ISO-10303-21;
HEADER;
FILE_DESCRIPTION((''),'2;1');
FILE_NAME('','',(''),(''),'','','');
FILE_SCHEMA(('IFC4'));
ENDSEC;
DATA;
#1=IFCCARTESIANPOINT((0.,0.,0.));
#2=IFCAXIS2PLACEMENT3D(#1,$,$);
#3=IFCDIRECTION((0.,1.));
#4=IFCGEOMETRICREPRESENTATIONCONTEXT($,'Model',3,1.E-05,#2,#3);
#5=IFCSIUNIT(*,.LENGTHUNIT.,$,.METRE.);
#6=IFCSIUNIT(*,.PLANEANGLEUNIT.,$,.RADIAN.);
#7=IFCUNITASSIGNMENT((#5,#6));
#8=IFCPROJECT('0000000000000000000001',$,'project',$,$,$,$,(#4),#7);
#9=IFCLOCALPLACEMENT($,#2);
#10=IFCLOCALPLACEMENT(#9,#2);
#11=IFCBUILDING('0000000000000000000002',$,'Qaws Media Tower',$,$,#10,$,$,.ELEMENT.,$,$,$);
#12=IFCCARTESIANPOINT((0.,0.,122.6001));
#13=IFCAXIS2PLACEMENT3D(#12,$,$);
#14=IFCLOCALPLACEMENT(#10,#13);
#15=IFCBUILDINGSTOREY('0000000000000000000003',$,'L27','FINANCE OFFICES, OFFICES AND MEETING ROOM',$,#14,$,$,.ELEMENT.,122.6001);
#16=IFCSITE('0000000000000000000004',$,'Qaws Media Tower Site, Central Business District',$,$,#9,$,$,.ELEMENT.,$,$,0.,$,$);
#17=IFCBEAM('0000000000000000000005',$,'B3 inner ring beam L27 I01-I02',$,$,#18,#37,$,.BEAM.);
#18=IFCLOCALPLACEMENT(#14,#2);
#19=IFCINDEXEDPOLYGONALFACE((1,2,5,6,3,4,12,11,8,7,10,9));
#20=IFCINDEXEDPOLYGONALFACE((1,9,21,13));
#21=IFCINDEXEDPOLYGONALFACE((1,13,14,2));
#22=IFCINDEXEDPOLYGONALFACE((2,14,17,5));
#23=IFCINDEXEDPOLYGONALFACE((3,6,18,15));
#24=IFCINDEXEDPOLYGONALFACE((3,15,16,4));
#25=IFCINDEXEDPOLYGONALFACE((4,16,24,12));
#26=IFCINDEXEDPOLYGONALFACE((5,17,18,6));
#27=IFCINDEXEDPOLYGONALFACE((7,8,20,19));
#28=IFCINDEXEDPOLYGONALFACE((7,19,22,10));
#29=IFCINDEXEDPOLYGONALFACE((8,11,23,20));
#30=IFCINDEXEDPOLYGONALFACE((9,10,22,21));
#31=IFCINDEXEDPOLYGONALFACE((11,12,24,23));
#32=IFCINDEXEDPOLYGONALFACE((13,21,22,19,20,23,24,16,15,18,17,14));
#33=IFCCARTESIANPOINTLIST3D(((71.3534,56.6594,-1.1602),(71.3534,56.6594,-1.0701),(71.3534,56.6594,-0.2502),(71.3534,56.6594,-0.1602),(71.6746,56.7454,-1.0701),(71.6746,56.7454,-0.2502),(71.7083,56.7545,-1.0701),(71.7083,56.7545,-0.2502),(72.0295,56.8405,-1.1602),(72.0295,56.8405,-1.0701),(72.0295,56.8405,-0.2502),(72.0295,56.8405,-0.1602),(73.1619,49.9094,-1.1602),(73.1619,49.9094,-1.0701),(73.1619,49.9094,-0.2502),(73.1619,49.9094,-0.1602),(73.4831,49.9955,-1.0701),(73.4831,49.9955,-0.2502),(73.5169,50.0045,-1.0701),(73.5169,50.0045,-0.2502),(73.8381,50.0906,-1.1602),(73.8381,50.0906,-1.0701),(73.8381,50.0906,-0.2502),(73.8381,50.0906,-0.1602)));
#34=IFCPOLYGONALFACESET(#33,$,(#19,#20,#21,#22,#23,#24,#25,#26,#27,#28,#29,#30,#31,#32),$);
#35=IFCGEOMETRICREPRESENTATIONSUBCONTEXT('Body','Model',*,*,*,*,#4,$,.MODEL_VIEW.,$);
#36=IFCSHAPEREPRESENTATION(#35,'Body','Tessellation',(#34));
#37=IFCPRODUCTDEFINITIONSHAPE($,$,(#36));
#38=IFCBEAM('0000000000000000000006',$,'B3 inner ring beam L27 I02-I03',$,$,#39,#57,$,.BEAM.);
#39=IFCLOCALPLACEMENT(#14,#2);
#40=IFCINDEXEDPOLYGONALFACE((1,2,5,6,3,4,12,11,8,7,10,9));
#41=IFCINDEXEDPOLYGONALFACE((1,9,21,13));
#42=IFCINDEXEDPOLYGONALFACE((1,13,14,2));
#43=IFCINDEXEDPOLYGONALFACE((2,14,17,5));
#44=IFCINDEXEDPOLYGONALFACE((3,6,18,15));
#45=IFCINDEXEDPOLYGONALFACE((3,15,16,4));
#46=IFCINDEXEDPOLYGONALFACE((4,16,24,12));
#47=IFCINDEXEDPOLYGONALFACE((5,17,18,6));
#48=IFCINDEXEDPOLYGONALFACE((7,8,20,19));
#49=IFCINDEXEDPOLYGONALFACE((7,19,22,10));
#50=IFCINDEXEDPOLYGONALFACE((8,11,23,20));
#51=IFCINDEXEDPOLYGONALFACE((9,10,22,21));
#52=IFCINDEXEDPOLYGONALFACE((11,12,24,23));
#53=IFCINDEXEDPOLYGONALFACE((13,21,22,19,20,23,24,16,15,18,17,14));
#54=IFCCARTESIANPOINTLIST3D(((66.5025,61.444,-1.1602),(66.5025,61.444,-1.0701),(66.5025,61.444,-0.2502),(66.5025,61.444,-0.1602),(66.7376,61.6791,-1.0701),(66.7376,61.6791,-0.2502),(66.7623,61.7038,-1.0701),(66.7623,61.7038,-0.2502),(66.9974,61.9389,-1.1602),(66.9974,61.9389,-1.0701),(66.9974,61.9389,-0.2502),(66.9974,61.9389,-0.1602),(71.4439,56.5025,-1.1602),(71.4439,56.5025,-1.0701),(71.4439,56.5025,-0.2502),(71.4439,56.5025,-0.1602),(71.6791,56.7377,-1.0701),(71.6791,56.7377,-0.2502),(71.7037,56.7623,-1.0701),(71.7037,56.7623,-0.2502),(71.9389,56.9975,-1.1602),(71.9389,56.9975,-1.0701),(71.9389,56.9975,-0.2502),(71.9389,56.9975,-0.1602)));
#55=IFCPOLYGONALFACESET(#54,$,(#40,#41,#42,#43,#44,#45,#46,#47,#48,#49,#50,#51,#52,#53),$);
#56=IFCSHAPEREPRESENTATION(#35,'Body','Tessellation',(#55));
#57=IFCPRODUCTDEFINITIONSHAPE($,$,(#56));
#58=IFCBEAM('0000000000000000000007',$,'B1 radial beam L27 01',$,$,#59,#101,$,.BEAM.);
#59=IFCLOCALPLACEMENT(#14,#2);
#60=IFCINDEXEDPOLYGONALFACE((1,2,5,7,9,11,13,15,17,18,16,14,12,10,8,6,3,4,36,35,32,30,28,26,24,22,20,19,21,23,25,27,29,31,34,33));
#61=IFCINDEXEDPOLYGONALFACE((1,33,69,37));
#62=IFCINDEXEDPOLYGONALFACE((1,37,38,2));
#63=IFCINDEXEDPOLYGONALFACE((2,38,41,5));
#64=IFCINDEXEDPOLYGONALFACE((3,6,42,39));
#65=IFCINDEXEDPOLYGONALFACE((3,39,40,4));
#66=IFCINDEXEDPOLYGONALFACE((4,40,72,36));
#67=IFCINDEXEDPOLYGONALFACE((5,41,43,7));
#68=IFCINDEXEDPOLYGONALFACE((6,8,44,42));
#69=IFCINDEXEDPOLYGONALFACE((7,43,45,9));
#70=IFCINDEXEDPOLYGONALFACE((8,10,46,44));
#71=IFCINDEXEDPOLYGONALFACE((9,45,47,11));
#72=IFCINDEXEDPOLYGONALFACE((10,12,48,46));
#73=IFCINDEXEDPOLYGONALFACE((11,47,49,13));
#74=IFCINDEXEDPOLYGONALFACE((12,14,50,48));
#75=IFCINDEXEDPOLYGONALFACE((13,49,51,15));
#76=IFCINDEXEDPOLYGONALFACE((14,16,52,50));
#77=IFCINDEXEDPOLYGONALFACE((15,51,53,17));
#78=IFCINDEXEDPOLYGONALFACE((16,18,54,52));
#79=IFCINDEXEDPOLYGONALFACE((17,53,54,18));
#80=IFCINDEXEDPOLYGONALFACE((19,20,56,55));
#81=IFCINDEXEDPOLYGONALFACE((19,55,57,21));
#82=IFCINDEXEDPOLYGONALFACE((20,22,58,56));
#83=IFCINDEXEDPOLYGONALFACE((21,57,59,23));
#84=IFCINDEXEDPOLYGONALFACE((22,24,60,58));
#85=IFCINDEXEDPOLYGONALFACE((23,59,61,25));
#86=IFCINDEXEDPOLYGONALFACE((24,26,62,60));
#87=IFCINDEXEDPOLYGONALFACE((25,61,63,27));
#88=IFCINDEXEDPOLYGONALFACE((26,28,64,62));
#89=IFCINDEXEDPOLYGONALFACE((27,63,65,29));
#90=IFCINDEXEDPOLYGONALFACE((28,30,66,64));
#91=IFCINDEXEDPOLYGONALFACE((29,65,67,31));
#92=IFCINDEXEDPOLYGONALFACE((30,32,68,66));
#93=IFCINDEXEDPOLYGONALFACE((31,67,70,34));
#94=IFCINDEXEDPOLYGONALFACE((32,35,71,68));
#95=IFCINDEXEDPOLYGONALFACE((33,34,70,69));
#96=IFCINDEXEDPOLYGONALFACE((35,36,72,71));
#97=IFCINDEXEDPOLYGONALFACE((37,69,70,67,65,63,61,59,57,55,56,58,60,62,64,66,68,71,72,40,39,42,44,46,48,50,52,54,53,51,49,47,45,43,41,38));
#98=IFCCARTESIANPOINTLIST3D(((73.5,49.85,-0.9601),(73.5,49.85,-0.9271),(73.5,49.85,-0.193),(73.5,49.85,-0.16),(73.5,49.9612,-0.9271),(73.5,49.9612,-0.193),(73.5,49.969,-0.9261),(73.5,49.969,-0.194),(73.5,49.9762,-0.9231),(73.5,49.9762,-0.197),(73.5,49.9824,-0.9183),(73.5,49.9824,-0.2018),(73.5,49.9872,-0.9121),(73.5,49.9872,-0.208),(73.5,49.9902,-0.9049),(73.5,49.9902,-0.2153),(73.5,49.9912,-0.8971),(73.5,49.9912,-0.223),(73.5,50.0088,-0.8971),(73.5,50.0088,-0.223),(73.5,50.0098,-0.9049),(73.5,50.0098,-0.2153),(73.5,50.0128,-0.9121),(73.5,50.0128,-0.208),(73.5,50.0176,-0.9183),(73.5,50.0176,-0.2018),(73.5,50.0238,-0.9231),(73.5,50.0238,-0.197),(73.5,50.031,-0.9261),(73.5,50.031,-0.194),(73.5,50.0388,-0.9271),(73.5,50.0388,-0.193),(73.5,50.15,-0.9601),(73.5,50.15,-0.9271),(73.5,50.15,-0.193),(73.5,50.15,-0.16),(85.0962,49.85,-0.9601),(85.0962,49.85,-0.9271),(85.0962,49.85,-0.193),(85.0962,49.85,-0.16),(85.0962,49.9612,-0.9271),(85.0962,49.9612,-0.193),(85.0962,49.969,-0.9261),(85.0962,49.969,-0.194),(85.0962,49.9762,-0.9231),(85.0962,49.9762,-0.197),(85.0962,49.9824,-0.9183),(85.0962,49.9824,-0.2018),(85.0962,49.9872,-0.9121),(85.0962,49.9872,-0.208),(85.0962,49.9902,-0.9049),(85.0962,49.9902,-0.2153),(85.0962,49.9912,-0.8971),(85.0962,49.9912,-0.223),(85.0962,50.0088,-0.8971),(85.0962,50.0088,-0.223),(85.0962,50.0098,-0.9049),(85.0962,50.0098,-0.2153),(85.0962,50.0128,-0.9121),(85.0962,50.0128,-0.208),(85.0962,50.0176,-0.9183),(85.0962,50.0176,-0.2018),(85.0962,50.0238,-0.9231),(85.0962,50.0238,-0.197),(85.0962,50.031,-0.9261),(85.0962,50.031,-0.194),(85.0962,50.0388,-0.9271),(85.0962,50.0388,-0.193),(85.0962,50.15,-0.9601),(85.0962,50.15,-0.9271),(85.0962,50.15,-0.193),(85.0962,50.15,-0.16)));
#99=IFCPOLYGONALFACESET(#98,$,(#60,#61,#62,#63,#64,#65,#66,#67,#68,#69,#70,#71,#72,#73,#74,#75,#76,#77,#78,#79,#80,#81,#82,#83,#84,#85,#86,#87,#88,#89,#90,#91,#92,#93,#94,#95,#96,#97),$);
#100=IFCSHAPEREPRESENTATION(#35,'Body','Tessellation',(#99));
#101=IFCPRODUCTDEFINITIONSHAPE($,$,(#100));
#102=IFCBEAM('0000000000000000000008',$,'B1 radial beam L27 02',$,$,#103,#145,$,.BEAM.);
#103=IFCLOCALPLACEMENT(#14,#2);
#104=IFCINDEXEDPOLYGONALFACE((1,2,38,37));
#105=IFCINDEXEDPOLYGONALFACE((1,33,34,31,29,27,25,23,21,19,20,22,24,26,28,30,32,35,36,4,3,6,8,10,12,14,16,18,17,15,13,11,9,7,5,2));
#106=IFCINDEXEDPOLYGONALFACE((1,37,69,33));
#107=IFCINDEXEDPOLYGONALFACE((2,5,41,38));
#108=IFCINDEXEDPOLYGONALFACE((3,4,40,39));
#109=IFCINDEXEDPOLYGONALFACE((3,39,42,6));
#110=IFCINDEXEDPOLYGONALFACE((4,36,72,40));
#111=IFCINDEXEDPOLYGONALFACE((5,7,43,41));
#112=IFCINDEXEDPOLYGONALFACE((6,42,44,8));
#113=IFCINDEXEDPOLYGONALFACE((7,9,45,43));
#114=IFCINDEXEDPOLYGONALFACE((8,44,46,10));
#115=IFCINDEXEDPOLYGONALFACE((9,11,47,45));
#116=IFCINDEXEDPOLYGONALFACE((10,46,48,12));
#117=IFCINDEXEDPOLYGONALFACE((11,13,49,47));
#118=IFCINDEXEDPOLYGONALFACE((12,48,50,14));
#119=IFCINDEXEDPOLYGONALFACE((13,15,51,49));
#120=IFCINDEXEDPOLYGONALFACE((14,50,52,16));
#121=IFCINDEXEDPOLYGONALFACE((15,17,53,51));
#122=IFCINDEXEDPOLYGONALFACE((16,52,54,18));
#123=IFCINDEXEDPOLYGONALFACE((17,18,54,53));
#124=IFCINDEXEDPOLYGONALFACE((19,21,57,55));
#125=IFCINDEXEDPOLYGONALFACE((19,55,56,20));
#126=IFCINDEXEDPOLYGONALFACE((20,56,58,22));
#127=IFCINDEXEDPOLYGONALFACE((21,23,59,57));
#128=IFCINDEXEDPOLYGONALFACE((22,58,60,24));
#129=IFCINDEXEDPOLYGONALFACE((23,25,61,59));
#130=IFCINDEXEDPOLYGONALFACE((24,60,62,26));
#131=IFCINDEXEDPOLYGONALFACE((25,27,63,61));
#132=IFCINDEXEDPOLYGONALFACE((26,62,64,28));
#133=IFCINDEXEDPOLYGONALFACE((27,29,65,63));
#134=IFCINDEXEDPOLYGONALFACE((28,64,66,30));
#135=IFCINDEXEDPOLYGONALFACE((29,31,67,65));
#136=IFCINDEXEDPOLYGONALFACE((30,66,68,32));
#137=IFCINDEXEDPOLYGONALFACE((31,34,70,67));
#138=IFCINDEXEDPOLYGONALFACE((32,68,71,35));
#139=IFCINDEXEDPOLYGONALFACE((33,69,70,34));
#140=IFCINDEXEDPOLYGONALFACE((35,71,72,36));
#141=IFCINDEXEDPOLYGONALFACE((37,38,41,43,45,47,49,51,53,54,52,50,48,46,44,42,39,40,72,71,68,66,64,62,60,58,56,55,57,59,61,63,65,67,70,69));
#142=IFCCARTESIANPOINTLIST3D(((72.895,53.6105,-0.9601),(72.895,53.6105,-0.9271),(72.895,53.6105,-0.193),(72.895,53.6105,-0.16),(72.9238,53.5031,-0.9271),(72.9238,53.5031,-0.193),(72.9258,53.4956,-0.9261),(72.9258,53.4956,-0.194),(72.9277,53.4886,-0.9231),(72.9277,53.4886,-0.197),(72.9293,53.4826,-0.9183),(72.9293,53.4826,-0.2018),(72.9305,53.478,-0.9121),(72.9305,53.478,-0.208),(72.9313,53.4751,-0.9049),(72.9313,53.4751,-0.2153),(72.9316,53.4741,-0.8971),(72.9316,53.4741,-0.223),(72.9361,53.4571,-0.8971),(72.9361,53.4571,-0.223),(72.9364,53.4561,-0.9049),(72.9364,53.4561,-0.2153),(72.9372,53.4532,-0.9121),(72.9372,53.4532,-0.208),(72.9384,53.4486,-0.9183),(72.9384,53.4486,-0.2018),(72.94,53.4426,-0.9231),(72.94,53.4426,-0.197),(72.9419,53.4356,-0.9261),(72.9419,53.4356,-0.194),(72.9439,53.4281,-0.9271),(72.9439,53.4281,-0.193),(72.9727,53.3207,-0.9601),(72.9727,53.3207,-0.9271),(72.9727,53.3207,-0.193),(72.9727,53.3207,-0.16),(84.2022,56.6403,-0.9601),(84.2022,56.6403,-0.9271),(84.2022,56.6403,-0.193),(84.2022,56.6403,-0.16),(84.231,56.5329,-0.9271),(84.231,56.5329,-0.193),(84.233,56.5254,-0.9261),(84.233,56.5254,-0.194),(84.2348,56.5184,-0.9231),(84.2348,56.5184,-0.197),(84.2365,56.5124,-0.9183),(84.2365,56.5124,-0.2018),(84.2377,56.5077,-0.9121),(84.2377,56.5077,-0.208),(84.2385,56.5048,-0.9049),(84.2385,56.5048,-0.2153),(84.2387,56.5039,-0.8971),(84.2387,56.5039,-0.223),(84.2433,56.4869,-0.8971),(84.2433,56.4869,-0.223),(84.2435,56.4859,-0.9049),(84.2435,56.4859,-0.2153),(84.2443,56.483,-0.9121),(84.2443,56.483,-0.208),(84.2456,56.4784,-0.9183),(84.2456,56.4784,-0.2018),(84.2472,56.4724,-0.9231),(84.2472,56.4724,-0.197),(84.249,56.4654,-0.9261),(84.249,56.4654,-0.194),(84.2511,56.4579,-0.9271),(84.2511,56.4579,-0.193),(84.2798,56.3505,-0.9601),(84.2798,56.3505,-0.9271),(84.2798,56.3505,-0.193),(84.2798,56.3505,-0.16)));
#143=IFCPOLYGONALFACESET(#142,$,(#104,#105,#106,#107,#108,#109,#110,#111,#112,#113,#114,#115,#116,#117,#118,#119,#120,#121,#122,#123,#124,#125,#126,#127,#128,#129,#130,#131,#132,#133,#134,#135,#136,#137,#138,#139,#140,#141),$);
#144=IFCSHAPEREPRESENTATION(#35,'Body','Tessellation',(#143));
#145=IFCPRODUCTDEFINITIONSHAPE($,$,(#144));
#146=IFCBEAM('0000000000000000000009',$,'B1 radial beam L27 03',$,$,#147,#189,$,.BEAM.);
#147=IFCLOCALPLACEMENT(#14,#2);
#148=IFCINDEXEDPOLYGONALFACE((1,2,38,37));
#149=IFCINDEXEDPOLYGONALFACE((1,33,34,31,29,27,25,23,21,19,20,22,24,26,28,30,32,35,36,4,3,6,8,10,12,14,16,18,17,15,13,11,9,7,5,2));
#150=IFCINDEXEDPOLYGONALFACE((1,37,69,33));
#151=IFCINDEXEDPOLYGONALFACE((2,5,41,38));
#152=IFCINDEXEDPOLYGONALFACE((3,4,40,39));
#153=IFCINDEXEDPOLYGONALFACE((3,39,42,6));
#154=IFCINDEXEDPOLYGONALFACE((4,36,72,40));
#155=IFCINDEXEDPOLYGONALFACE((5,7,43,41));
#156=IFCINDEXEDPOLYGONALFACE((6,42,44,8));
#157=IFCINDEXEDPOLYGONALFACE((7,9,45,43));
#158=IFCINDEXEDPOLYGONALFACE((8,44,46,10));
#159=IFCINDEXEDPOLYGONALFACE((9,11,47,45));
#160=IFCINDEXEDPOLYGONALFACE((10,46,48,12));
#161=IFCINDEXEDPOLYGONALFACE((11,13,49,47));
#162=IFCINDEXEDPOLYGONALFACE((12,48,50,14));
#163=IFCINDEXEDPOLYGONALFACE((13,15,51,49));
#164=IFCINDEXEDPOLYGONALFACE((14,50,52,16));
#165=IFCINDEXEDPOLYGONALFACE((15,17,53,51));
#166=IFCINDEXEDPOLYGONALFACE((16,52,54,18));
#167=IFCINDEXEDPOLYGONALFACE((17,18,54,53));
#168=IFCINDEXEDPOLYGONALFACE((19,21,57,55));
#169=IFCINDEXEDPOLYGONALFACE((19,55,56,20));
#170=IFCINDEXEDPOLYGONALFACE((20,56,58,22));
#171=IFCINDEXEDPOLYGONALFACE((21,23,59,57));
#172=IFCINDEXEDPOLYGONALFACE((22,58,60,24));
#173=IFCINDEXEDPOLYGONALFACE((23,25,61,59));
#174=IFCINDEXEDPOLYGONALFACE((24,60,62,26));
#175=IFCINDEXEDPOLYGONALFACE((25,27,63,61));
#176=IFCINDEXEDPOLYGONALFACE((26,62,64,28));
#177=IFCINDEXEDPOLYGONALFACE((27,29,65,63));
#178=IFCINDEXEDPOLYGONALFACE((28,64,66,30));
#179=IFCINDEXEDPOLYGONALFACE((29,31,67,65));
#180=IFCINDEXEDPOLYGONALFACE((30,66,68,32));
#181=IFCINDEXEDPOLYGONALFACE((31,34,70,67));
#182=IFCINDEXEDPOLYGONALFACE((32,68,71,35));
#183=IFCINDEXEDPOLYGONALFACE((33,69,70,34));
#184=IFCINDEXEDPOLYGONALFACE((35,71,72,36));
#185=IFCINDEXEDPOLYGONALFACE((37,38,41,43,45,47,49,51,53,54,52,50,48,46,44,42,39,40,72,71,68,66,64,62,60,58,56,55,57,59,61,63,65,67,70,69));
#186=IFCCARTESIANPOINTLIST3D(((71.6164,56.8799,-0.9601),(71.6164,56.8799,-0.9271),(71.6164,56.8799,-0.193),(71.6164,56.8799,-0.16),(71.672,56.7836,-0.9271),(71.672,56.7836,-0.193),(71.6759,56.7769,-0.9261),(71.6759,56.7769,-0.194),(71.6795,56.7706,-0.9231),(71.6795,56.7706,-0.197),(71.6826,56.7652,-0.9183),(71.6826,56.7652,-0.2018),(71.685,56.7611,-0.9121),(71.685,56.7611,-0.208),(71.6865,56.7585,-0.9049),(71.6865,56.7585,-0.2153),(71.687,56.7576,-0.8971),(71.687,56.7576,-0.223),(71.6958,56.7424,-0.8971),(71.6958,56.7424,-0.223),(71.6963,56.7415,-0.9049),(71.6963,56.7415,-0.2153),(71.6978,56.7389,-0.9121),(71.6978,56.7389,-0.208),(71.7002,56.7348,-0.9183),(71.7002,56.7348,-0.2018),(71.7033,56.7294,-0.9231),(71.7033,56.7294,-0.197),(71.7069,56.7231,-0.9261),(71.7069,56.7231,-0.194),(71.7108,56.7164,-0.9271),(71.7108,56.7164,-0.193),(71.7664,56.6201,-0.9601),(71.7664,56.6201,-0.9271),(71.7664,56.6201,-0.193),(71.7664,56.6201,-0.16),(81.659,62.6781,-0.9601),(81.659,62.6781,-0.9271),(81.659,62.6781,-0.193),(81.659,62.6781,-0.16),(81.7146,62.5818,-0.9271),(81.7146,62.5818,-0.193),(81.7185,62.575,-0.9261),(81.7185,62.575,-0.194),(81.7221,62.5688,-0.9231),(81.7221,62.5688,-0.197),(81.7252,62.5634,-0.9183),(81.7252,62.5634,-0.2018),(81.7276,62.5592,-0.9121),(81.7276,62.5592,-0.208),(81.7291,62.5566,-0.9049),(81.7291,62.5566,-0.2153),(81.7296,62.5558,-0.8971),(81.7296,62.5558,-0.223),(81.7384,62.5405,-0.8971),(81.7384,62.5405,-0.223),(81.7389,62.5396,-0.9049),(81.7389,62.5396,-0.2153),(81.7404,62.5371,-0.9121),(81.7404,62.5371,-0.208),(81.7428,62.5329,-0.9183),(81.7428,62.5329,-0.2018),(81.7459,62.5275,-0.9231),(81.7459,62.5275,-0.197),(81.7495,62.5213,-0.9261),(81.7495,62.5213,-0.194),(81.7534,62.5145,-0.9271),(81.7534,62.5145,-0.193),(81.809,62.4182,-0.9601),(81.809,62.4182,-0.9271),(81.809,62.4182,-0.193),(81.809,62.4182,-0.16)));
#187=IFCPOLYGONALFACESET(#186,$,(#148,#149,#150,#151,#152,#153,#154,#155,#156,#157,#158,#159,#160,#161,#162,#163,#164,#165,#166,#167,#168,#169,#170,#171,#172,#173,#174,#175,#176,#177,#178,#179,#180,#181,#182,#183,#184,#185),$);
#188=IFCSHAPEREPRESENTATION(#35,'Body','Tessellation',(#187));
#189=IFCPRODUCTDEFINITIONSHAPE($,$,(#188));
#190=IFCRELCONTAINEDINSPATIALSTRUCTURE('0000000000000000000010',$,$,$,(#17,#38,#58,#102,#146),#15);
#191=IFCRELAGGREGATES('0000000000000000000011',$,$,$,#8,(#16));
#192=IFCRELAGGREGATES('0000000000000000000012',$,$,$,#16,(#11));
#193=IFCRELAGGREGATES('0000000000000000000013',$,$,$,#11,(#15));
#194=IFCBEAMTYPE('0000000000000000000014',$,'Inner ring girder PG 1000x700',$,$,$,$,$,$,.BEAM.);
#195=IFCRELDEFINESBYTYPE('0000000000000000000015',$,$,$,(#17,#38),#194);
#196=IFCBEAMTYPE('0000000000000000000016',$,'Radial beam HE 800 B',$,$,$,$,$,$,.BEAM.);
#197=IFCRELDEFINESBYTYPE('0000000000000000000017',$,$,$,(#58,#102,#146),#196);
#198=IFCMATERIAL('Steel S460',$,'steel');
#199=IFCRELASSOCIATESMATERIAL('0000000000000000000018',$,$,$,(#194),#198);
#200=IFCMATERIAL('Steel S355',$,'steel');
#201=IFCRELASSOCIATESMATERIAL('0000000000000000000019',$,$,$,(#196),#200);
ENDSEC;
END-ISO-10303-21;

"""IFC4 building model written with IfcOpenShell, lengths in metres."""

from ifc_helpers import new_model, si_unit, direction, frame, origin, origin_2d, place, context, subcontext, project, spatial, i_section, extrude, material, material_profile, profile_set, type_object, element, save


model = new_model("IFC4")

# Units and contexts
model_context = context("Model", 3, precision=1e-05, world=origin(), true_north=direction((0.0, 1.0)))
body_context = subcontext(model_context, "Body", "Model", "MODEL_VIEW")
ifc_project = project(units=[si_unit("LENGTHUNIT", "METRE"), si_unit("PLANEANGLEUNIT", "RADIAN")], contexts=[model_context])

# Site, building, storey
site_placement = place(None, origin())
site = spatial("IfcSite", under=ifc_project, at=site_placement, Name="Qaws Media Tower Site, Central Business District", CompositionType="ELEMENT", RefElevation=0.0)
building_placement = place(site_placement, origin())
building = spatial("IfcBuilding", under=site, at=building_placement, Name="Qaws Media Tower", CompositionType="ELEMENT")
storey_placement = place(building_placement, frame((0.0, 0.0, 122.6001)))
storey = spatial("IfcBuildingStorey", under=building, at=storey_placement, Name="L27", Description="FINANCE OFFICES, OFFICES AND MEETING ROOM", CompositionType="ELEMENT", Elevation=122.6001)

# Beams
ifc_material_1 = material(Name="Steel S460", Category="steel")
ifc_material_profile_1 = material_profile(ifc_material_1, i_section(OverallWidth=0.7, OverallDepth=1.0, WebThickness=0.0349, FlangeThickness=0.0901, at=origin_2d()), Name="PG 1000x700")
ifc_profile_set_1 = profile_set([ifc_material_profile_1], Name="Steel S460")
beam_type_1 = type_object("IfcBeamType", Name="Inner ring girder PG 1000x700", PredefinedType="BEAM", material=ifc_profile_set_1)
beam_1_placement = place(storey_placement, frame((73.5, 50.0, -0.6602), z_axis=(-0.258811, 0.965928, 0.0), x_axis=(-0.965928, -0.258811, 0.0)))
element("IfcBeam", 1, at=beam_1_placement, inside=storey, type_object=beam_type_1, Name="B3 inner ring beam L27 I01-I02", PredefinedType="BEAM", context=body_context, shape_type="SweptSolid", body=[
    extrude(i_section(OverallWidth=0.7, OverallDepth=1.0, WebThickness=0.0349, FlangeThickness=0.0901, at=origin_2d()), origin(), (0.0, 0.0, 1.0), 6.988),
])
beam_2_placement = place(storey_placement, frame((71.6914, 56.75, -0.6602), z_axis=(-0.707107, 0.707107, 0.0), x_axis=(-0.707107, -0.707107, 0.0)))
element("IfcBeam", 2, at=beam_2_placement, inside=storey, type_object=beam_type_1, Name="B3 inner ring beam L27 I02-I03", PredefinedType="BEAM", context=body_context, shape_type="SweptSolid", body=[
    extrude(i_section(OverallWidth=0.7, OverallDepth=1.0, WebThickness=0.0349, FlangeThickness=0.0901, at=origin_2d()), origin(), (0.0, 0.0, 1.0), 6.9883),
])
ifc_material_2 = material(Name="Steel S355", Category="steel")
ifc_material_profile_2 = material_profile(ifc_material_2, i_section(OverallWidth=0.3, OverallDepth=0.8, WebThickness=0.0176, FlangeThickness=0.033, FilletRadius=0.03, at=origin_2d()), Name="HE 800 B")
ifc_profile_set_2 = profile_set([ifc_material_profile_2], Name="Steel S355")
beam_type_2 = type_object("IfcBeamType", Name="Radial beam HE 800 B", PredefinedType="BEAM", material=ifc_profile_set_2)
beam_3_placement = place(storey_placement, frame((73.5, 50.0, -0.5601), z_axis=(1.0, 0.0, 0.0), x_axis=(0.0, 1.0, 0.0)))
element("IfcBeam", 3, at=beam_3_placement, inside=storey, type_object=beam_type_2, Name="B1 radial beam L27 01", PredefinedType="BEAM", context=body_context, shape_type="SweptSolid", body=[
    extrude(i_section(OverallWidth=0.3, OverallDepth=0.8, WebThickness=0.0176, FlangeThickness=0.033, FilletRadius=0.03, at=origin_2d()), origin(), (0.0, 0.0, 1.0), 11.5962),
])
beam_4_placement = place(storey_placement, frame((72.9338, 53.4656, -0.5601), z_axis=(0.965925, 0.258823, 0.0), x_axis=(-0.258823, 0.965925, 0.0)))
element("IfcBeam", 4, at=beam_4_placement, inside=storey, type_object=beam_type_2, Name="B1 radial beam L27 02", PredefinedType="BEAM", context=body_context, shape_type="SweptSolid", body=[
    extrude(i_section(OverallWidth=0.3, OverallDepth=0.8, WebThickness=0.0176, FlangeThickness=0.033, FilletRadius=0.03, at=origin_2d()), origin(), (0.0, 0.0, 1.0), 11.7061),
])
beam_5_placement = place(storey_placement, frame((71.6914, 56.75, -0.5601), z_axis=(0.866023, 0.500004, 0.0), x_axis=(-0.500004, 0.866023, 0.0)))
element("IfcBeam", 5, at=beam_5_placement, inside=storey, type_object=beam_type_2, Name="B1 radial beam L27 03", PredefinedType="BEAM", context=body_context, shape_type="SweptSolid", body=[
    extrude(i_section(OverallWidth=0.3, OverallDepth=0.8, WebThickness=0.0176, FlangeThickness=0.033, FilletRadius=0.03, at=origin_2d()), origin(), (0.0, 0.0, 1.0), 11.5962),
])

save(model, "model.ifc")
